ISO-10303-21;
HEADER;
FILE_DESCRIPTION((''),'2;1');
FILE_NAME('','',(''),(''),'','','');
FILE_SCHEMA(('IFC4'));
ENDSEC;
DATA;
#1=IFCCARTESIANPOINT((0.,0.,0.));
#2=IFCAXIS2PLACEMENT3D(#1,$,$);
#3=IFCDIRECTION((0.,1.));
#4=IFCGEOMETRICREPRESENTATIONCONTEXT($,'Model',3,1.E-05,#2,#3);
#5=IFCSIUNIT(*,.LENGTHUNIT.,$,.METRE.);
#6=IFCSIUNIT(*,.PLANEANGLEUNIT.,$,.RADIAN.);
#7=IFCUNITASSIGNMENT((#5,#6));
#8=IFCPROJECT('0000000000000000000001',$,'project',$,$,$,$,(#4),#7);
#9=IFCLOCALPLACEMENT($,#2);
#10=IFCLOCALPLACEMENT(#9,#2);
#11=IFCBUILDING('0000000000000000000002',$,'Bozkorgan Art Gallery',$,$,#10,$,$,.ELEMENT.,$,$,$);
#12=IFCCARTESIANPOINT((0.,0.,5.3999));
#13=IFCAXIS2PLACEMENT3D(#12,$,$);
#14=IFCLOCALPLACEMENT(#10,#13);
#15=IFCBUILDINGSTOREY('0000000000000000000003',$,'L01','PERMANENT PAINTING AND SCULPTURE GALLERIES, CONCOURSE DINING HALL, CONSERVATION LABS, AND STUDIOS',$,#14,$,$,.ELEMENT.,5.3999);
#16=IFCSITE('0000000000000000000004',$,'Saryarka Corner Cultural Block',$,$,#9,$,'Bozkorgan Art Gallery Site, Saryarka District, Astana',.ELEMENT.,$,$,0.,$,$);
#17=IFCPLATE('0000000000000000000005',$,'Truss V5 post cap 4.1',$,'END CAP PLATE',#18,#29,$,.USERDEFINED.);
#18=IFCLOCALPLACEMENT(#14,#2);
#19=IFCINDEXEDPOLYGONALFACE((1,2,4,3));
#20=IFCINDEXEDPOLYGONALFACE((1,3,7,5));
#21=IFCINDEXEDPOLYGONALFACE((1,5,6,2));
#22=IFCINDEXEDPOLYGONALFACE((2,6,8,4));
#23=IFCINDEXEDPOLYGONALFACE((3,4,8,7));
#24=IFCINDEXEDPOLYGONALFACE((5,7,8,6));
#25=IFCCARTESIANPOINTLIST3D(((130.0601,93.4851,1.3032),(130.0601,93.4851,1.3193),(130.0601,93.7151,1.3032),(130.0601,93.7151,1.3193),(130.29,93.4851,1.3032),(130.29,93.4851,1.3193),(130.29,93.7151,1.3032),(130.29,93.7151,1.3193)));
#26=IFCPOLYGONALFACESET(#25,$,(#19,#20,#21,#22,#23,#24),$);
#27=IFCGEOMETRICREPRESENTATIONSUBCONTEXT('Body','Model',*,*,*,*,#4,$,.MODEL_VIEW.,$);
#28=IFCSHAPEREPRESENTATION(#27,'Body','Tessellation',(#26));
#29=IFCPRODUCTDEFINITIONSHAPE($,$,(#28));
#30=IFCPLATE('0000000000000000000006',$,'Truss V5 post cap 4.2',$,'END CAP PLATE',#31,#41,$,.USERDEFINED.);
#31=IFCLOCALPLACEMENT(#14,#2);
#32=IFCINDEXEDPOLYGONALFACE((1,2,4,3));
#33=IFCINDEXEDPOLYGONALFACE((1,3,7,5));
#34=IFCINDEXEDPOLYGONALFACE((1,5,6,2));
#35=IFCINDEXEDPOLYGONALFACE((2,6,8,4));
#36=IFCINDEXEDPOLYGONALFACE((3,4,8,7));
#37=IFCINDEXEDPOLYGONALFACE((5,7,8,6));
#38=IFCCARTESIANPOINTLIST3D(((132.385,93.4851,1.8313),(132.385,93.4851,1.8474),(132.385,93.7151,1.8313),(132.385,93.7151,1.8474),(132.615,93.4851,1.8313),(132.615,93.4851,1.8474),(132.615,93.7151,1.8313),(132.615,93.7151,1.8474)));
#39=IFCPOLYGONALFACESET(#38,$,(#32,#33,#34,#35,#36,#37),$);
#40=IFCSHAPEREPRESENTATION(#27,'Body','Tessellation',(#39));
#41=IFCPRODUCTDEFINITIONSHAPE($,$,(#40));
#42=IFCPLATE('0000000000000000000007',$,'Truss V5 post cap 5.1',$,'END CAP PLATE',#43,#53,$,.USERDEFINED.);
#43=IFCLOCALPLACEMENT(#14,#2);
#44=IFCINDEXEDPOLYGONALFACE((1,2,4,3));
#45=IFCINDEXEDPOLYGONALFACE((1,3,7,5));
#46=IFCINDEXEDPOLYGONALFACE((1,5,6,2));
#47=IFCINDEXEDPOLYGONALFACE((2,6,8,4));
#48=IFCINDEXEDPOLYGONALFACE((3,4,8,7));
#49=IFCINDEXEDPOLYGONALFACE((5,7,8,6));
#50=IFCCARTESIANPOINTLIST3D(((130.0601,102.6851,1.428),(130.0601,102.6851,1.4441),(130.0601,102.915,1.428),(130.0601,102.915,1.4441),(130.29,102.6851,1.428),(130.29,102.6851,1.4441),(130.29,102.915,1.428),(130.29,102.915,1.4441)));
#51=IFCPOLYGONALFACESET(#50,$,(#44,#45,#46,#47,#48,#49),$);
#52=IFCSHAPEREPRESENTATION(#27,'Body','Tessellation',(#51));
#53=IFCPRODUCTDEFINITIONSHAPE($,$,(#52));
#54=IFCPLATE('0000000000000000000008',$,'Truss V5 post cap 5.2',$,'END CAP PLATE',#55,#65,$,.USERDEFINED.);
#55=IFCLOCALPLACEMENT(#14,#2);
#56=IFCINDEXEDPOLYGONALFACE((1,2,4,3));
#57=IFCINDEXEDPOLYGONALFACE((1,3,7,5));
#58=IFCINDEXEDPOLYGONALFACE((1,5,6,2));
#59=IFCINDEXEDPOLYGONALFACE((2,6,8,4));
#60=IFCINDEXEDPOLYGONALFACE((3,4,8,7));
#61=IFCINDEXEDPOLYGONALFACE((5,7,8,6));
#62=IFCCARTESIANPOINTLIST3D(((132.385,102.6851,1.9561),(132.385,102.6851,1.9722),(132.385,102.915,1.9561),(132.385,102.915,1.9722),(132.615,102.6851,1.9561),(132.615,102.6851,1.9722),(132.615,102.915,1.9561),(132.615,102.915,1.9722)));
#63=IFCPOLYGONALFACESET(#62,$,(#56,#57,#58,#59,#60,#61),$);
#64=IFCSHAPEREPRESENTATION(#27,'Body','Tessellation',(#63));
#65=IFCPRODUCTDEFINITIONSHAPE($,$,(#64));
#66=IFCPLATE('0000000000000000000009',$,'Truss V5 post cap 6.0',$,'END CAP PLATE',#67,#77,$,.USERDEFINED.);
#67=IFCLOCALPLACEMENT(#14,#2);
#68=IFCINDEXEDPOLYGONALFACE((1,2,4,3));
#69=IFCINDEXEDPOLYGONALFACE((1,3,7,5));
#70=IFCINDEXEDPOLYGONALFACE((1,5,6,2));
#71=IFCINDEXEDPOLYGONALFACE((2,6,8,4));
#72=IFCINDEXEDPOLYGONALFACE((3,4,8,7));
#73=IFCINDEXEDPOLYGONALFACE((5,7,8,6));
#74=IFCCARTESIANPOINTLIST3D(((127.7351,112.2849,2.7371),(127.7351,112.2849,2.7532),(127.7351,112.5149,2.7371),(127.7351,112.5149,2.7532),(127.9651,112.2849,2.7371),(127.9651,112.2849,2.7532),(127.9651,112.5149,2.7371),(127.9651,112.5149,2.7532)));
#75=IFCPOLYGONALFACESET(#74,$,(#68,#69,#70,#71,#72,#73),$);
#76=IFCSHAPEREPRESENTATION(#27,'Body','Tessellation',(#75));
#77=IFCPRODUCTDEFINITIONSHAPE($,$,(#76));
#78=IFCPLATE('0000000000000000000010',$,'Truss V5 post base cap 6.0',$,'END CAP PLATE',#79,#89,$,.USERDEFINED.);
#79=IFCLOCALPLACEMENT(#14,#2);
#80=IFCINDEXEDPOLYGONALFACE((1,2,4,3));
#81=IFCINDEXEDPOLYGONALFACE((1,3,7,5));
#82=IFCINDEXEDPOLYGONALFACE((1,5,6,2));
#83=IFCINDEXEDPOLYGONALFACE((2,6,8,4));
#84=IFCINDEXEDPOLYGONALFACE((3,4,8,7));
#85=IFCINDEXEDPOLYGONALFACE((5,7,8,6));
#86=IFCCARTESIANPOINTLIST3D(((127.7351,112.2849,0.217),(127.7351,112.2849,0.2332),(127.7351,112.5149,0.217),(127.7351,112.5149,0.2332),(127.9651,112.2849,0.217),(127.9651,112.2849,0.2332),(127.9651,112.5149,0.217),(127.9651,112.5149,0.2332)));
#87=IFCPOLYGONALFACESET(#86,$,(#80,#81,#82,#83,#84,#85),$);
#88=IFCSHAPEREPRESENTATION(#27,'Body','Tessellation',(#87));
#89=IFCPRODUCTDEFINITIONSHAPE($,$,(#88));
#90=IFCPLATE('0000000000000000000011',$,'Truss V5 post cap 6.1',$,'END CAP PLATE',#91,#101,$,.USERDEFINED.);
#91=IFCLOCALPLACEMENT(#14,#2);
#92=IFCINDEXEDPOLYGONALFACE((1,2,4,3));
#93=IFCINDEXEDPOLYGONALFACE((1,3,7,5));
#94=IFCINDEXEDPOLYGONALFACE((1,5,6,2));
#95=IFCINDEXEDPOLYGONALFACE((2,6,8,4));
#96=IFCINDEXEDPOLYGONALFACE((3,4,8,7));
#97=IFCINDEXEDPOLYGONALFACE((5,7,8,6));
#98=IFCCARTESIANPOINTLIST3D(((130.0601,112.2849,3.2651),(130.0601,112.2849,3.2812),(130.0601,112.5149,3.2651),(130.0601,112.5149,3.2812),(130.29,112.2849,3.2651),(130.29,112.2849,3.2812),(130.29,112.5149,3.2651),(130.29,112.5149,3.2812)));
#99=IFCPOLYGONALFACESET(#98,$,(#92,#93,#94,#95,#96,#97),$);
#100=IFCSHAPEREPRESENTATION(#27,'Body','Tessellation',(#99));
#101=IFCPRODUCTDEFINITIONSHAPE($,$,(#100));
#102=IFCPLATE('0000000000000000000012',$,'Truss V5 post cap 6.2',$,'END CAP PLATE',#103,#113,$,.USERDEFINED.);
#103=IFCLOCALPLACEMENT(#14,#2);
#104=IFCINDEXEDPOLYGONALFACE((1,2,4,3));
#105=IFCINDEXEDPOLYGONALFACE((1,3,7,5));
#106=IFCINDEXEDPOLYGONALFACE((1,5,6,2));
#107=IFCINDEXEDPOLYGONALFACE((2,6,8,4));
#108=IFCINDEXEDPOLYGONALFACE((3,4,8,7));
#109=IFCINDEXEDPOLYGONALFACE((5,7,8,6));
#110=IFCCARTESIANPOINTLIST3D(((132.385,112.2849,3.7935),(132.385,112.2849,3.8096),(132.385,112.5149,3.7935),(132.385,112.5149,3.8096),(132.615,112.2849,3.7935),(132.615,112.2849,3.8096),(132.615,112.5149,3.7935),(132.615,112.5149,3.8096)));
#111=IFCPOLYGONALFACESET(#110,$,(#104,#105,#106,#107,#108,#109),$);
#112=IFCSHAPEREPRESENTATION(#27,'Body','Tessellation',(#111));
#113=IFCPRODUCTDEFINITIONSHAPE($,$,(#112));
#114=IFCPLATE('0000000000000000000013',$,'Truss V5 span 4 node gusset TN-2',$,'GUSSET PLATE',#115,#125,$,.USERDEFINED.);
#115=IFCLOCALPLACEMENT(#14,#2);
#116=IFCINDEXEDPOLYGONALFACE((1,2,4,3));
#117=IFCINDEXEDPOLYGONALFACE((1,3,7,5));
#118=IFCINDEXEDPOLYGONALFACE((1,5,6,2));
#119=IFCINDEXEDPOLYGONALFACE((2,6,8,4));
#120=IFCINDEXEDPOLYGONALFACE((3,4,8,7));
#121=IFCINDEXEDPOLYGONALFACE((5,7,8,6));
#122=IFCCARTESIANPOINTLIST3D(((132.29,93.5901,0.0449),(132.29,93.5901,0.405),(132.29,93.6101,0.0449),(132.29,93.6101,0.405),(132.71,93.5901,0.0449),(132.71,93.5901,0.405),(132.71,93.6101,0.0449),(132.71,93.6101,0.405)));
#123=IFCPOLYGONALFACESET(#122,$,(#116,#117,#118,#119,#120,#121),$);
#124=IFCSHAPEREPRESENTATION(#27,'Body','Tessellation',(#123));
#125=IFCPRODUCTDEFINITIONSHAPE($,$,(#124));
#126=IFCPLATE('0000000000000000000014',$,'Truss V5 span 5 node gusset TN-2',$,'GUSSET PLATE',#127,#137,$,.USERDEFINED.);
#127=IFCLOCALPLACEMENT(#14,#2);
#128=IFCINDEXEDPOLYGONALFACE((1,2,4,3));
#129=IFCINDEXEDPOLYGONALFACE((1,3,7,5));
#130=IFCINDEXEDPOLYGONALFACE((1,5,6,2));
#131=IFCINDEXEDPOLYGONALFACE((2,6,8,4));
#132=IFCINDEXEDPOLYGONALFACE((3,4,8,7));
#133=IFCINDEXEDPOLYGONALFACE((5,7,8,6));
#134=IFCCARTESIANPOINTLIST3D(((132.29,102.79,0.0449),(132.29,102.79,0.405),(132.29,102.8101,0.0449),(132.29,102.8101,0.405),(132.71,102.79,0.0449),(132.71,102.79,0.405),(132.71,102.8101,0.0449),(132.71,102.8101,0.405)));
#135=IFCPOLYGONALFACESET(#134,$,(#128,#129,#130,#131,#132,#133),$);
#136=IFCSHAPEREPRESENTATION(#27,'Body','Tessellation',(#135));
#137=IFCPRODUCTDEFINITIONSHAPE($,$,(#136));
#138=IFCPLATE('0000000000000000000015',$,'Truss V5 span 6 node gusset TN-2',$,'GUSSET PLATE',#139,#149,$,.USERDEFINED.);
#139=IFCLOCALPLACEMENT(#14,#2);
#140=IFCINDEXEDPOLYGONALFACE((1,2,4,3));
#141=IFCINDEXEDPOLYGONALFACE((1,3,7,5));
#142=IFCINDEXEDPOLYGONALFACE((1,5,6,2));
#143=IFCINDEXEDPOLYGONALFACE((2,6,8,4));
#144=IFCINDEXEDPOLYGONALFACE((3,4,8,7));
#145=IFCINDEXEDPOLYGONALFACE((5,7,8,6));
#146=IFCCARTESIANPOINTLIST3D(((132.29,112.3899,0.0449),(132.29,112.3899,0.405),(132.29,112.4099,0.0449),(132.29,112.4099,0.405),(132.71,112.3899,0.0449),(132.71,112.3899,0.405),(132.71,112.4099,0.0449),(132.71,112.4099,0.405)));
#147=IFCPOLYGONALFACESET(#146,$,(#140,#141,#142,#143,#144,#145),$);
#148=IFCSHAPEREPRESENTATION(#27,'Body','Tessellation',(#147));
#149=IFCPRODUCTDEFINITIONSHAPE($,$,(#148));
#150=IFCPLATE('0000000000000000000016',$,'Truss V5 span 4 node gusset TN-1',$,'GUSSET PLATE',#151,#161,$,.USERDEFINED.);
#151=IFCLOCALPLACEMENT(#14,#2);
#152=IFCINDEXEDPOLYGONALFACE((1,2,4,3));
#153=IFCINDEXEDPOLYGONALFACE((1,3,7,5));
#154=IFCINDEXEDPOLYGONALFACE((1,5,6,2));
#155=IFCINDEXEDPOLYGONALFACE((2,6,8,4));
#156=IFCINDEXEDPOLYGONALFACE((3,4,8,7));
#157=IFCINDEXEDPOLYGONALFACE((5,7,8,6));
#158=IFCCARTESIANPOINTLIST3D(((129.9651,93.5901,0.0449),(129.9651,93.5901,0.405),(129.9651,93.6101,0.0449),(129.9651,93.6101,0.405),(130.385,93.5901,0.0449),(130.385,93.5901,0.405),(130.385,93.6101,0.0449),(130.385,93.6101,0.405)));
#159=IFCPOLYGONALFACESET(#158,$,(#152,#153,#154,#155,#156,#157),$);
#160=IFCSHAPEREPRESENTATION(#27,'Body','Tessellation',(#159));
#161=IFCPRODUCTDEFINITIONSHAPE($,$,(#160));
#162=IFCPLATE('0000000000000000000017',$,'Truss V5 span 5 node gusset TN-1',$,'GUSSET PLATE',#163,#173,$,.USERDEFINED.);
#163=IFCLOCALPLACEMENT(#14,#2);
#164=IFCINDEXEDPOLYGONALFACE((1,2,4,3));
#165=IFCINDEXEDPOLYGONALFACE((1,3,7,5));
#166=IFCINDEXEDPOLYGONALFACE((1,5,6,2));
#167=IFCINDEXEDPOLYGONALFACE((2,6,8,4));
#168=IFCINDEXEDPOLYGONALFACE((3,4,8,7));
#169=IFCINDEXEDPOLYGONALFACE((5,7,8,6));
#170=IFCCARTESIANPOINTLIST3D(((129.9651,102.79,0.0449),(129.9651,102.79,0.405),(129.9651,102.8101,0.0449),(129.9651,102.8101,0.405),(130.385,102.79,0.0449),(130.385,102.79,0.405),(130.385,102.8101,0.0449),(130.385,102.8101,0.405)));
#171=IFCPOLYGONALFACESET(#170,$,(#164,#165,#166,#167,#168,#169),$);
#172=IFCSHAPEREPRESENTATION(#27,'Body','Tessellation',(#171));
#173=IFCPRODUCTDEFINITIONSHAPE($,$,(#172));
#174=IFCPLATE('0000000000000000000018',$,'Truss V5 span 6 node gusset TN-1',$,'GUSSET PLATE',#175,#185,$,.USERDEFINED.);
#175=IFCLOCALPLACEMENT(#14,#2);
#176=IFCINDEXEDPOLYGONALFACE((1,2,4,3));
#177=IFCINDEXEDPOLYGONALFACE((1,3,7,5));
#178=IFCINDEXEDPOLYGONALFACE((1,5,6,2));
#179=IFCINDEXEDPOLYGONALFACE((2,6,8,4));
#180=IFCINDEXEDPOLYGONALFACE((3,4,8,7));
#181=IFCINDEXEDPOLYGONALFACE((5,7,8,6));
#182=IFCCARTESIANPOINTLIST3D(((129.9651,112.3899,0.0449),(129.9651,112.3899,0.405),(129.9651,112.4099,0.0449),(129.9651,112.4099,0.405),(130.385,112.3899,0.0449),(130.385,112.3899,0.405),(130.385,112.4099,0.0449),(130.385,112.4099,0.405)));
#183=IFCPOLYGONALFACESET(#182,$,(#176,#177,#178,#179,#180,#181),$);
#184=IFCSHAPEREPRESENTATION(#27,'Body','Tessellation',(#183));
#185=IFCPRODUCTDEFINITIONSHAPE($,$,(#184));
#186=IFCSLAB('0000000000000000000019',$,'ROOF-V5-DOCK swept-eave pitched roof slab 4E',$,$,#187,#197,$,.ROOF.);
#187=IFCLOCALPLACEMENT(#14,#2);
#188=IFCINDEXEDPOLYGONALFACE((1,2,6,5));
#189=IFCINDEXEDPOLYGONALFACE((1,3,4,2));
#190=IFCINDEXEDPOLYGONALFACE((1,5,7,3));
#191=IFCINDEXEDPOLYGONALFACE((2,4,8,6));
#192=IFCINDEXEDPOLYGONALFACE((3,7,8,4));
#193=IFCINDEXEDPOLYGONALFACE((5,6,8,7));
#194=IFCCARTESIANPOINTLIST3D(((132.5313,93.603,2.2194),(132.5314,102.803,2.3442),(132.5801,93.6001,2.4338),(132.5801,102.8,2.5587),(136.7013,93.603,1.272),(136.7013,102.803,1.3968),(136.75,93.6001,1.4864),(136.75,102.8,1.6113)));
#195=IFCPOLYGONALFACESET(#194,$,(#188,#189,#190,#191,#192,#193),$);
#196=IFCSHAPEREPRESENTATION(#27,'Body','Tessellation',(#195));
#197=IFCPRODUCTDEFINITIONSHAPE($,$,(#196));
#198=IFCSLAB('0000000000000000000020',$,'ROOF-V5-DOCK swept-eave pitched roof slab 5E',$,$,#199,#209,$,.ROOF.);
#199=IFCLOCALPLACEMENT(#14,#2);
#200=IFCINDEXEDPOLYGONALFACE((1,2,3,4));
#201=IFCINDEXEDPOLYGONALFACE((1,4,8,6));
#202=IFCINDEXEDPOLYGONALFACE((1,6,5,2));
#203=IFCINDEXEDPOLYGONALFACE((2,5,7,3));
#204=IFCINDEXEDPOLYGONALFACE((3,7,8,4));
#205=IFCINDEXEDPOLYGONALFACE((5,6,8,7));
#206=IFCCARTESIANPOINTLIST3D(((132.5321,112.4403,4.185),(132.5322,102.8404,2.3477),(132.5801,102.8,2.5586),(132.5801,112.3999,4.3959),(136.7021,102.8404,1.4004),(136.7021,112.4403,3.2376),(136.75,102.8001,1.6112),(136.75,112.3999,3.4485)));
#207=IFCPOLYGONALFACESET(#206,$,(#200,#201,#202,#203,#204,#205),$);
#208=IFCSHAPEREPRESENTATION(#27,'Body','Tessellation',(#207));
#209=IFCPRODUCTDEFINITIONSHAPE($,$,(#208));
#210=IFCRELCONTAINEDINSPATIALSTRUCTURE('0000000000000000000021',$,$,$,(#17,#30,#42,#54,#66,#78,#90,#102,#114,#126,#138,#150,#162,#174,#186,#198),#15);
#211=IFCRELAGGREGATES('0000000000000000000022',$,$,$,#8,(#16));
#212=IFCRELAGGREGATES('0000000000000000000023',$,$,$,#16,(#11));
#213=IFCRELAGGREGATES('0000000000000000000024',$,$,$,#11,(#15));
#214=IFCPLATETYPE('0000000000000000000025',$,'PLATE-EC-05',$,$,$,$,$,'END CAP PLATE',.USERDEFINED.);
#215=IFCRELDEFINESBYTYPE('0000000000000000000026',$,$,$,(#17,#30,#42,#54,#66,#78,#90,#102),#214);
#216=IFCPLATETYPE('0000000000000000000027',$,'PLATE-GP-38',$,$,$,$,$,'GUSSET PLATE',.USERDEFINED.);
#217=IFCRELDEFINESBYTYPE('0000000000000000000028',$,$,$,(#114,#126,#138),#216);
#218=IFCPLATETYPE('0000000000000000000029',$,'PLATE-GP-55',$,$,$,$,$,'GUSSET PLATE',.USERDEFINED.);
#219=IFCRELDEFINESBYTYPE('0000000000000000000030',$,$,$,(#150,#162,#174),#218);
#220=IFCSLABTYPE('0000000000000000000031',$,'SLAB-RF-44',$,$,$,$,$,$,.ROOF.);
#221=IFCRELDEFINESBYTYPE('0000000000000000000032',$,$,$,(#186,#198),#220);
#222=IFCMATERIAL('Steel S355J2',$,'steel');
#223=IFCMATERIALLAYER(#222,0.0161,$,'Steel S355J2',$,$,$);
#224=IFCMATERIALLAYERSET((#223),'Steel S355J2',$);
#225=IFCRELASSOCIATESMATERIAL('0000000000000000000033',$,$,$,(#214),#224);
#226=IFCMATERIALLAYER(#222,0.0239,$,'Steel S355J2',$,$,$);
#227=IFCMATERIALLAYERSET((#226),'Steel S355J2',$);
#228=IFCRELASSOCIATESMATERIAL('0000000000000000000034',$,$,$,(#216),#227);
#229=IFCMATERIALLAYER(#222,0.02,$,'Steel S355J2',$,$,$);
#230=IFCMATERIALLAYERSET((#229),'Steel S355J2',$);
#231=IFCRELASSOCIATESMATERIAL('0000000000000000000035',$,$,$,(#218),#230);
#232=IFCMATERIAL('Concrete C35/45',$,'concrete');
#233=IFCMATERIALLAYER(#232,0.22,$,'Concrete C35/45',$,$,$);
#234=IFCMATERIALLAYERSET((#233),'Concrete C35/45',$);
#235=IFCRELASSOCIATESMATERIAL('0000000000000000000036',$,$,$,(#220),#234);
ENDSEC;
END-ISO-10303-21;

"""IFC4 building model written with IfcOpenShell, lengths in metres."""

from ifc_helpers import new_model, si_unit, direction, frame, origin, origin_2d, place, context, subcontext, project, spatial, polyline, rectangle, outline, extrude, material, layer, layer_set, type_object, element, save


model = new_model("IFC4")

# Units and contexts
model_context = context("Model", 3, precision=1e-05, world=origin(), true_north=direction((0.0, 1.0)))
body_context = subcontext(model_context, "Body", "Model", "MODEL_VIEW")
ifc_project = project(units=[si_unit("LENGTHUNIT", "METRE"), si_unit("PLANEANGLEUNIT", "RADIAN")], contexts=[model_context])

# Site, building, storey
site_placement = place(None, origin())
site = spatial("IfcSite", under=ifc_project, at=site_placement, Name="Saryarka Corner Cultural Block", LongName="Bozkorgan Art Gallery Site, Saryarka District, Astana", CompositionType="ELEMENT", RefElevation=0.0)
building_placement = place(site_placement, origin())
building = spatial("IfcBuilding", under=site, at=building_placement, Name="Bozkorgan Art Gallery", CompositionType="ELEMENT")
storey_placement = place(building_placement, frame((0.0, 0.0, 5.3999)))
storey = spatial("IfcBuildingStorey", under=building, at=storey_placement, Name="L01", Description="PERMANENT PAINTING AND SCULPTURE GALLERIES, CONCOURSE DINING HALL, CONSERVATION LABS, AND STUDIOS", CompositionType="ELEMENT", Elevation=5.3999)

# Shared definitions
ifc_material_1 = material(Name="Steel S355J2", Category="steel")

# Plates
ifc_layer_1 = layer(ifc_material_1, 0.0161, Name="Steel S355J2")
ifc_layer_set_1 = layer_set([ifc_layer_1], Name="Steel S355J2")
plate_type_1 = type_object("IfcPlateType", Name="PLATE-EC-05", ElementType="END CAP PLATE", PredefinedType="USERDEFINED", material=ifc_layer_set_1)
for number, where, z_axis, x_axis, name in (
    (1, (130.175, 93.6001, 1.3032), (0.0, 0.0, 1.0), (1.0, 0.0, 0.0), "Truss V5 post cap 4.1"),
    (2, (132.5, 93.6001, 1.8313), (0.0, 0.0, 1.0), (1.0, 0.0, 0.0), "Truss V5 post cap 4.2"),
    (3, (130.175, 102.8, 1.428), (0.0, 0.0, 1.0), (1.0, 0.0, 0.0), "Truss V5 post cap 5.1"),
    (4, (132.5, 102.8, 1.9561), (0.0, 0.0, 1.0), (1.0, 0.0, 0.0), "Truss V5 post cap 5.2"),
    (5, (127.8501, 112.3999, 2.7371), (0.0, 0.0, 1.0), (1.0, 0.0, 0.0), "Truss V5 post cap 6.0"),
    (6, (127.8501, 112.3999, 0.217), (0.0, 0.0, 1.0), (1.0, 0.0, 0.0), "Truss V5 post base cap 6.0"),
    (7, (130.175, 112.3999, 3.2651), (0.0, 0.0, 1.0), (1.0, 0.0, 0.0), "Truss V5 post cap 6.1"),
    (8, (132.5, 112.3999, 3.7935), (0.0, 0.0, 1.0), (1.0, 0.0, 0.0), "Truss V5 post cap 6.2"),
):
    element("IfcPlate", number, at=place(storey_placement, frame(where, z_axis=z_axis, x_axis=x_axis)), inside=storey, type_object=plate_type_1, Name=name, ObjectType="END CAP PLATE", PredefinedType="USERDEFINED", context=body_context, shape_type="SweptSolid", body=[
        extrude(rectangle(XDim=0.23, YDim=0.23, at=origin_2d()), origin(), (0.0, 0.0, 1.0), 0.0161),
    ])
ifc_layer_2 = layer(ifc_material_1, 0.0239, Name="Steel S355J2")
ifc_layer_set_2 = layer_set([ifc_layer_2], Name="Steel S355J2")
plate_type_2 = type_object("IfcPlateType", Name="PLATE-GP-38", ElementType="GUSSET PLATE", PredefinedType="USERDEFINED", material=ifc_layer_set_2)
for number, where, z_axis, x_axis, name in (
    (9, (132.5, 93.6001, 0.0449), (0.0, 0.0, 1.0), (1.0, 0.0, 0.0), "Truss V5 span 4 node gusset TN-2"),
    (10, (132.5, 102.8, 0.0449), (0.0, 0.0, 1.0), (1.0, 0.0, 0.0), "Truss V5 span 5 node gusset TN-2"),
    (11, (132.5, 112.3999, 0.0449), (0.0, 0.0, 1.0), (1.0, 0.0, 0.0), "Truss V5 span 6 node gusset TN-2"),
):
    element("IfcPlate", number, at=place(storey_placement, frame(where, z_axis=z_axis, x_axis=x_axis)), inside=storey, type_object=plate_type_2, Name=name, ObjectType="GUSSET PLATE", PredefinedType="USERDEFINED", context=body_context, shape_type="SweptSolid", body=[
        extrude(rectangle(XDim=0.4199, YDim=0.02, at=origin_2d()), origin(), (0.0, 0.0, 1.0), 0.3601),
    ])
ifc_layer_3 = layer(ifc_material_1, 0.02, Name="Steel S355J2")
ifc_layer_set_3 = layer_set([ifc_layer_3], Name="Steel S355J2")
plate_type_3 = type_object("IfcPlateType", Name="PLATE-GP-55", ElementType="GUSSET PLATE", PredefinedType="USERDEFINED", material=ifc_layer_set_3)
for number, where, z_axis, x_axis, name in (
    (12, (130.175, 93.6001, 0.0449), (0.0, 0.0, 1.0), (1.0, 0.0, 0.0), "Truss V5 span 4 node gusset TN-1"),
    (13, (130.175, 102.8, 0.0449), (0.0, 0.0, 1.0), (1.0, 0.0, 0.0), "Truss V5 span 5 node gusset TN-1"),
    (14, (130.175, 112.3999, 0.0449), (0.0, 0.0, 1.0), (1.0, 0.0, 0.0), "Truss V5 span 6 node gusset TN-1"),
):
    element("IfcPlate", number, at=place(storey_placement, frame(where, z_axis=z_axis, x_axis=x_axis)), inside=storey, type_object=plate_type_3, Name=name, ObjectType="GUSSET PLATE", PredefinedType="USERDEFINED", context=body_context, shape_type="SweptSolid", body=[
        extrude(rectangle(XDim=0.4199, YDim=0.02, at=origin_2d()), origin(), (0.0, 0.0, 1.0), 0.3601),
    ])

# Slabs
ifc_material_2 = material(Name="Concrete C35/45", Category="concrete")
ifc_layer_4 = layer(ifc_material_2, 0.22, Name="Concrete C35/45")
ifc_layer_set_4 = layer_set([ifc_layer_4], Name="Concrete C35/45")
slab_type = type_object("IfcSlabType", Name="SLAB-RF-44", PredefinedType="ROOF", material=ifc_layer_set_4)
slab_1_placement = place(storey_placement, frame((132.5801, 93.6001, 2.4338), z_axis=(0.22153, -0.013235, 0.975064), x_axis=(0.975149, 0.0, -0.22155)))
element("IfcSlab", 15, at=slab_1_placement, inside=storey, type_object=slab_type, Name="ROOF-V5-DOCK swept-eave pitched roof slab 4E", PredefinedType="ROOF", context=body_context, shape_type="SweptSolid", body=[
    extrude(outline(polyline([(0.0, 0.0), (4.2762, 0.0), (4.2485, 9.2008), (-0.0276, 9.2008), (0.0, 0.0)])), origin(), (0.0, 0.0, -1.0), 0.22),
])
slab_2_placement = place(storey_placement, frame((132.5801, 102.8, 2.5586), z_axis=(0.217789, -0.183462, 0.958598), x_axis=(0.975149, 0.000005, -0.221549)))
element("IfcSlab", 16, at=slab_2_placement, inside=storey, type_object=slab_type, Name="ROOF-V5-DOCK swept-eave pitched roof slab 5E", PredefinedType="ROOF", context=body_context, shape_type="SweptSolid", body=[
    extrude(outline(polyline([(0.0, 0.0), (4.2762, 0.0), (3.8692, 9.7656), (-0.407, 9.7656), (0.0, 0.0)])), origin(), (0.0, 0.0, -1.0), 0.22),
])

save(model, "model.ifc")
